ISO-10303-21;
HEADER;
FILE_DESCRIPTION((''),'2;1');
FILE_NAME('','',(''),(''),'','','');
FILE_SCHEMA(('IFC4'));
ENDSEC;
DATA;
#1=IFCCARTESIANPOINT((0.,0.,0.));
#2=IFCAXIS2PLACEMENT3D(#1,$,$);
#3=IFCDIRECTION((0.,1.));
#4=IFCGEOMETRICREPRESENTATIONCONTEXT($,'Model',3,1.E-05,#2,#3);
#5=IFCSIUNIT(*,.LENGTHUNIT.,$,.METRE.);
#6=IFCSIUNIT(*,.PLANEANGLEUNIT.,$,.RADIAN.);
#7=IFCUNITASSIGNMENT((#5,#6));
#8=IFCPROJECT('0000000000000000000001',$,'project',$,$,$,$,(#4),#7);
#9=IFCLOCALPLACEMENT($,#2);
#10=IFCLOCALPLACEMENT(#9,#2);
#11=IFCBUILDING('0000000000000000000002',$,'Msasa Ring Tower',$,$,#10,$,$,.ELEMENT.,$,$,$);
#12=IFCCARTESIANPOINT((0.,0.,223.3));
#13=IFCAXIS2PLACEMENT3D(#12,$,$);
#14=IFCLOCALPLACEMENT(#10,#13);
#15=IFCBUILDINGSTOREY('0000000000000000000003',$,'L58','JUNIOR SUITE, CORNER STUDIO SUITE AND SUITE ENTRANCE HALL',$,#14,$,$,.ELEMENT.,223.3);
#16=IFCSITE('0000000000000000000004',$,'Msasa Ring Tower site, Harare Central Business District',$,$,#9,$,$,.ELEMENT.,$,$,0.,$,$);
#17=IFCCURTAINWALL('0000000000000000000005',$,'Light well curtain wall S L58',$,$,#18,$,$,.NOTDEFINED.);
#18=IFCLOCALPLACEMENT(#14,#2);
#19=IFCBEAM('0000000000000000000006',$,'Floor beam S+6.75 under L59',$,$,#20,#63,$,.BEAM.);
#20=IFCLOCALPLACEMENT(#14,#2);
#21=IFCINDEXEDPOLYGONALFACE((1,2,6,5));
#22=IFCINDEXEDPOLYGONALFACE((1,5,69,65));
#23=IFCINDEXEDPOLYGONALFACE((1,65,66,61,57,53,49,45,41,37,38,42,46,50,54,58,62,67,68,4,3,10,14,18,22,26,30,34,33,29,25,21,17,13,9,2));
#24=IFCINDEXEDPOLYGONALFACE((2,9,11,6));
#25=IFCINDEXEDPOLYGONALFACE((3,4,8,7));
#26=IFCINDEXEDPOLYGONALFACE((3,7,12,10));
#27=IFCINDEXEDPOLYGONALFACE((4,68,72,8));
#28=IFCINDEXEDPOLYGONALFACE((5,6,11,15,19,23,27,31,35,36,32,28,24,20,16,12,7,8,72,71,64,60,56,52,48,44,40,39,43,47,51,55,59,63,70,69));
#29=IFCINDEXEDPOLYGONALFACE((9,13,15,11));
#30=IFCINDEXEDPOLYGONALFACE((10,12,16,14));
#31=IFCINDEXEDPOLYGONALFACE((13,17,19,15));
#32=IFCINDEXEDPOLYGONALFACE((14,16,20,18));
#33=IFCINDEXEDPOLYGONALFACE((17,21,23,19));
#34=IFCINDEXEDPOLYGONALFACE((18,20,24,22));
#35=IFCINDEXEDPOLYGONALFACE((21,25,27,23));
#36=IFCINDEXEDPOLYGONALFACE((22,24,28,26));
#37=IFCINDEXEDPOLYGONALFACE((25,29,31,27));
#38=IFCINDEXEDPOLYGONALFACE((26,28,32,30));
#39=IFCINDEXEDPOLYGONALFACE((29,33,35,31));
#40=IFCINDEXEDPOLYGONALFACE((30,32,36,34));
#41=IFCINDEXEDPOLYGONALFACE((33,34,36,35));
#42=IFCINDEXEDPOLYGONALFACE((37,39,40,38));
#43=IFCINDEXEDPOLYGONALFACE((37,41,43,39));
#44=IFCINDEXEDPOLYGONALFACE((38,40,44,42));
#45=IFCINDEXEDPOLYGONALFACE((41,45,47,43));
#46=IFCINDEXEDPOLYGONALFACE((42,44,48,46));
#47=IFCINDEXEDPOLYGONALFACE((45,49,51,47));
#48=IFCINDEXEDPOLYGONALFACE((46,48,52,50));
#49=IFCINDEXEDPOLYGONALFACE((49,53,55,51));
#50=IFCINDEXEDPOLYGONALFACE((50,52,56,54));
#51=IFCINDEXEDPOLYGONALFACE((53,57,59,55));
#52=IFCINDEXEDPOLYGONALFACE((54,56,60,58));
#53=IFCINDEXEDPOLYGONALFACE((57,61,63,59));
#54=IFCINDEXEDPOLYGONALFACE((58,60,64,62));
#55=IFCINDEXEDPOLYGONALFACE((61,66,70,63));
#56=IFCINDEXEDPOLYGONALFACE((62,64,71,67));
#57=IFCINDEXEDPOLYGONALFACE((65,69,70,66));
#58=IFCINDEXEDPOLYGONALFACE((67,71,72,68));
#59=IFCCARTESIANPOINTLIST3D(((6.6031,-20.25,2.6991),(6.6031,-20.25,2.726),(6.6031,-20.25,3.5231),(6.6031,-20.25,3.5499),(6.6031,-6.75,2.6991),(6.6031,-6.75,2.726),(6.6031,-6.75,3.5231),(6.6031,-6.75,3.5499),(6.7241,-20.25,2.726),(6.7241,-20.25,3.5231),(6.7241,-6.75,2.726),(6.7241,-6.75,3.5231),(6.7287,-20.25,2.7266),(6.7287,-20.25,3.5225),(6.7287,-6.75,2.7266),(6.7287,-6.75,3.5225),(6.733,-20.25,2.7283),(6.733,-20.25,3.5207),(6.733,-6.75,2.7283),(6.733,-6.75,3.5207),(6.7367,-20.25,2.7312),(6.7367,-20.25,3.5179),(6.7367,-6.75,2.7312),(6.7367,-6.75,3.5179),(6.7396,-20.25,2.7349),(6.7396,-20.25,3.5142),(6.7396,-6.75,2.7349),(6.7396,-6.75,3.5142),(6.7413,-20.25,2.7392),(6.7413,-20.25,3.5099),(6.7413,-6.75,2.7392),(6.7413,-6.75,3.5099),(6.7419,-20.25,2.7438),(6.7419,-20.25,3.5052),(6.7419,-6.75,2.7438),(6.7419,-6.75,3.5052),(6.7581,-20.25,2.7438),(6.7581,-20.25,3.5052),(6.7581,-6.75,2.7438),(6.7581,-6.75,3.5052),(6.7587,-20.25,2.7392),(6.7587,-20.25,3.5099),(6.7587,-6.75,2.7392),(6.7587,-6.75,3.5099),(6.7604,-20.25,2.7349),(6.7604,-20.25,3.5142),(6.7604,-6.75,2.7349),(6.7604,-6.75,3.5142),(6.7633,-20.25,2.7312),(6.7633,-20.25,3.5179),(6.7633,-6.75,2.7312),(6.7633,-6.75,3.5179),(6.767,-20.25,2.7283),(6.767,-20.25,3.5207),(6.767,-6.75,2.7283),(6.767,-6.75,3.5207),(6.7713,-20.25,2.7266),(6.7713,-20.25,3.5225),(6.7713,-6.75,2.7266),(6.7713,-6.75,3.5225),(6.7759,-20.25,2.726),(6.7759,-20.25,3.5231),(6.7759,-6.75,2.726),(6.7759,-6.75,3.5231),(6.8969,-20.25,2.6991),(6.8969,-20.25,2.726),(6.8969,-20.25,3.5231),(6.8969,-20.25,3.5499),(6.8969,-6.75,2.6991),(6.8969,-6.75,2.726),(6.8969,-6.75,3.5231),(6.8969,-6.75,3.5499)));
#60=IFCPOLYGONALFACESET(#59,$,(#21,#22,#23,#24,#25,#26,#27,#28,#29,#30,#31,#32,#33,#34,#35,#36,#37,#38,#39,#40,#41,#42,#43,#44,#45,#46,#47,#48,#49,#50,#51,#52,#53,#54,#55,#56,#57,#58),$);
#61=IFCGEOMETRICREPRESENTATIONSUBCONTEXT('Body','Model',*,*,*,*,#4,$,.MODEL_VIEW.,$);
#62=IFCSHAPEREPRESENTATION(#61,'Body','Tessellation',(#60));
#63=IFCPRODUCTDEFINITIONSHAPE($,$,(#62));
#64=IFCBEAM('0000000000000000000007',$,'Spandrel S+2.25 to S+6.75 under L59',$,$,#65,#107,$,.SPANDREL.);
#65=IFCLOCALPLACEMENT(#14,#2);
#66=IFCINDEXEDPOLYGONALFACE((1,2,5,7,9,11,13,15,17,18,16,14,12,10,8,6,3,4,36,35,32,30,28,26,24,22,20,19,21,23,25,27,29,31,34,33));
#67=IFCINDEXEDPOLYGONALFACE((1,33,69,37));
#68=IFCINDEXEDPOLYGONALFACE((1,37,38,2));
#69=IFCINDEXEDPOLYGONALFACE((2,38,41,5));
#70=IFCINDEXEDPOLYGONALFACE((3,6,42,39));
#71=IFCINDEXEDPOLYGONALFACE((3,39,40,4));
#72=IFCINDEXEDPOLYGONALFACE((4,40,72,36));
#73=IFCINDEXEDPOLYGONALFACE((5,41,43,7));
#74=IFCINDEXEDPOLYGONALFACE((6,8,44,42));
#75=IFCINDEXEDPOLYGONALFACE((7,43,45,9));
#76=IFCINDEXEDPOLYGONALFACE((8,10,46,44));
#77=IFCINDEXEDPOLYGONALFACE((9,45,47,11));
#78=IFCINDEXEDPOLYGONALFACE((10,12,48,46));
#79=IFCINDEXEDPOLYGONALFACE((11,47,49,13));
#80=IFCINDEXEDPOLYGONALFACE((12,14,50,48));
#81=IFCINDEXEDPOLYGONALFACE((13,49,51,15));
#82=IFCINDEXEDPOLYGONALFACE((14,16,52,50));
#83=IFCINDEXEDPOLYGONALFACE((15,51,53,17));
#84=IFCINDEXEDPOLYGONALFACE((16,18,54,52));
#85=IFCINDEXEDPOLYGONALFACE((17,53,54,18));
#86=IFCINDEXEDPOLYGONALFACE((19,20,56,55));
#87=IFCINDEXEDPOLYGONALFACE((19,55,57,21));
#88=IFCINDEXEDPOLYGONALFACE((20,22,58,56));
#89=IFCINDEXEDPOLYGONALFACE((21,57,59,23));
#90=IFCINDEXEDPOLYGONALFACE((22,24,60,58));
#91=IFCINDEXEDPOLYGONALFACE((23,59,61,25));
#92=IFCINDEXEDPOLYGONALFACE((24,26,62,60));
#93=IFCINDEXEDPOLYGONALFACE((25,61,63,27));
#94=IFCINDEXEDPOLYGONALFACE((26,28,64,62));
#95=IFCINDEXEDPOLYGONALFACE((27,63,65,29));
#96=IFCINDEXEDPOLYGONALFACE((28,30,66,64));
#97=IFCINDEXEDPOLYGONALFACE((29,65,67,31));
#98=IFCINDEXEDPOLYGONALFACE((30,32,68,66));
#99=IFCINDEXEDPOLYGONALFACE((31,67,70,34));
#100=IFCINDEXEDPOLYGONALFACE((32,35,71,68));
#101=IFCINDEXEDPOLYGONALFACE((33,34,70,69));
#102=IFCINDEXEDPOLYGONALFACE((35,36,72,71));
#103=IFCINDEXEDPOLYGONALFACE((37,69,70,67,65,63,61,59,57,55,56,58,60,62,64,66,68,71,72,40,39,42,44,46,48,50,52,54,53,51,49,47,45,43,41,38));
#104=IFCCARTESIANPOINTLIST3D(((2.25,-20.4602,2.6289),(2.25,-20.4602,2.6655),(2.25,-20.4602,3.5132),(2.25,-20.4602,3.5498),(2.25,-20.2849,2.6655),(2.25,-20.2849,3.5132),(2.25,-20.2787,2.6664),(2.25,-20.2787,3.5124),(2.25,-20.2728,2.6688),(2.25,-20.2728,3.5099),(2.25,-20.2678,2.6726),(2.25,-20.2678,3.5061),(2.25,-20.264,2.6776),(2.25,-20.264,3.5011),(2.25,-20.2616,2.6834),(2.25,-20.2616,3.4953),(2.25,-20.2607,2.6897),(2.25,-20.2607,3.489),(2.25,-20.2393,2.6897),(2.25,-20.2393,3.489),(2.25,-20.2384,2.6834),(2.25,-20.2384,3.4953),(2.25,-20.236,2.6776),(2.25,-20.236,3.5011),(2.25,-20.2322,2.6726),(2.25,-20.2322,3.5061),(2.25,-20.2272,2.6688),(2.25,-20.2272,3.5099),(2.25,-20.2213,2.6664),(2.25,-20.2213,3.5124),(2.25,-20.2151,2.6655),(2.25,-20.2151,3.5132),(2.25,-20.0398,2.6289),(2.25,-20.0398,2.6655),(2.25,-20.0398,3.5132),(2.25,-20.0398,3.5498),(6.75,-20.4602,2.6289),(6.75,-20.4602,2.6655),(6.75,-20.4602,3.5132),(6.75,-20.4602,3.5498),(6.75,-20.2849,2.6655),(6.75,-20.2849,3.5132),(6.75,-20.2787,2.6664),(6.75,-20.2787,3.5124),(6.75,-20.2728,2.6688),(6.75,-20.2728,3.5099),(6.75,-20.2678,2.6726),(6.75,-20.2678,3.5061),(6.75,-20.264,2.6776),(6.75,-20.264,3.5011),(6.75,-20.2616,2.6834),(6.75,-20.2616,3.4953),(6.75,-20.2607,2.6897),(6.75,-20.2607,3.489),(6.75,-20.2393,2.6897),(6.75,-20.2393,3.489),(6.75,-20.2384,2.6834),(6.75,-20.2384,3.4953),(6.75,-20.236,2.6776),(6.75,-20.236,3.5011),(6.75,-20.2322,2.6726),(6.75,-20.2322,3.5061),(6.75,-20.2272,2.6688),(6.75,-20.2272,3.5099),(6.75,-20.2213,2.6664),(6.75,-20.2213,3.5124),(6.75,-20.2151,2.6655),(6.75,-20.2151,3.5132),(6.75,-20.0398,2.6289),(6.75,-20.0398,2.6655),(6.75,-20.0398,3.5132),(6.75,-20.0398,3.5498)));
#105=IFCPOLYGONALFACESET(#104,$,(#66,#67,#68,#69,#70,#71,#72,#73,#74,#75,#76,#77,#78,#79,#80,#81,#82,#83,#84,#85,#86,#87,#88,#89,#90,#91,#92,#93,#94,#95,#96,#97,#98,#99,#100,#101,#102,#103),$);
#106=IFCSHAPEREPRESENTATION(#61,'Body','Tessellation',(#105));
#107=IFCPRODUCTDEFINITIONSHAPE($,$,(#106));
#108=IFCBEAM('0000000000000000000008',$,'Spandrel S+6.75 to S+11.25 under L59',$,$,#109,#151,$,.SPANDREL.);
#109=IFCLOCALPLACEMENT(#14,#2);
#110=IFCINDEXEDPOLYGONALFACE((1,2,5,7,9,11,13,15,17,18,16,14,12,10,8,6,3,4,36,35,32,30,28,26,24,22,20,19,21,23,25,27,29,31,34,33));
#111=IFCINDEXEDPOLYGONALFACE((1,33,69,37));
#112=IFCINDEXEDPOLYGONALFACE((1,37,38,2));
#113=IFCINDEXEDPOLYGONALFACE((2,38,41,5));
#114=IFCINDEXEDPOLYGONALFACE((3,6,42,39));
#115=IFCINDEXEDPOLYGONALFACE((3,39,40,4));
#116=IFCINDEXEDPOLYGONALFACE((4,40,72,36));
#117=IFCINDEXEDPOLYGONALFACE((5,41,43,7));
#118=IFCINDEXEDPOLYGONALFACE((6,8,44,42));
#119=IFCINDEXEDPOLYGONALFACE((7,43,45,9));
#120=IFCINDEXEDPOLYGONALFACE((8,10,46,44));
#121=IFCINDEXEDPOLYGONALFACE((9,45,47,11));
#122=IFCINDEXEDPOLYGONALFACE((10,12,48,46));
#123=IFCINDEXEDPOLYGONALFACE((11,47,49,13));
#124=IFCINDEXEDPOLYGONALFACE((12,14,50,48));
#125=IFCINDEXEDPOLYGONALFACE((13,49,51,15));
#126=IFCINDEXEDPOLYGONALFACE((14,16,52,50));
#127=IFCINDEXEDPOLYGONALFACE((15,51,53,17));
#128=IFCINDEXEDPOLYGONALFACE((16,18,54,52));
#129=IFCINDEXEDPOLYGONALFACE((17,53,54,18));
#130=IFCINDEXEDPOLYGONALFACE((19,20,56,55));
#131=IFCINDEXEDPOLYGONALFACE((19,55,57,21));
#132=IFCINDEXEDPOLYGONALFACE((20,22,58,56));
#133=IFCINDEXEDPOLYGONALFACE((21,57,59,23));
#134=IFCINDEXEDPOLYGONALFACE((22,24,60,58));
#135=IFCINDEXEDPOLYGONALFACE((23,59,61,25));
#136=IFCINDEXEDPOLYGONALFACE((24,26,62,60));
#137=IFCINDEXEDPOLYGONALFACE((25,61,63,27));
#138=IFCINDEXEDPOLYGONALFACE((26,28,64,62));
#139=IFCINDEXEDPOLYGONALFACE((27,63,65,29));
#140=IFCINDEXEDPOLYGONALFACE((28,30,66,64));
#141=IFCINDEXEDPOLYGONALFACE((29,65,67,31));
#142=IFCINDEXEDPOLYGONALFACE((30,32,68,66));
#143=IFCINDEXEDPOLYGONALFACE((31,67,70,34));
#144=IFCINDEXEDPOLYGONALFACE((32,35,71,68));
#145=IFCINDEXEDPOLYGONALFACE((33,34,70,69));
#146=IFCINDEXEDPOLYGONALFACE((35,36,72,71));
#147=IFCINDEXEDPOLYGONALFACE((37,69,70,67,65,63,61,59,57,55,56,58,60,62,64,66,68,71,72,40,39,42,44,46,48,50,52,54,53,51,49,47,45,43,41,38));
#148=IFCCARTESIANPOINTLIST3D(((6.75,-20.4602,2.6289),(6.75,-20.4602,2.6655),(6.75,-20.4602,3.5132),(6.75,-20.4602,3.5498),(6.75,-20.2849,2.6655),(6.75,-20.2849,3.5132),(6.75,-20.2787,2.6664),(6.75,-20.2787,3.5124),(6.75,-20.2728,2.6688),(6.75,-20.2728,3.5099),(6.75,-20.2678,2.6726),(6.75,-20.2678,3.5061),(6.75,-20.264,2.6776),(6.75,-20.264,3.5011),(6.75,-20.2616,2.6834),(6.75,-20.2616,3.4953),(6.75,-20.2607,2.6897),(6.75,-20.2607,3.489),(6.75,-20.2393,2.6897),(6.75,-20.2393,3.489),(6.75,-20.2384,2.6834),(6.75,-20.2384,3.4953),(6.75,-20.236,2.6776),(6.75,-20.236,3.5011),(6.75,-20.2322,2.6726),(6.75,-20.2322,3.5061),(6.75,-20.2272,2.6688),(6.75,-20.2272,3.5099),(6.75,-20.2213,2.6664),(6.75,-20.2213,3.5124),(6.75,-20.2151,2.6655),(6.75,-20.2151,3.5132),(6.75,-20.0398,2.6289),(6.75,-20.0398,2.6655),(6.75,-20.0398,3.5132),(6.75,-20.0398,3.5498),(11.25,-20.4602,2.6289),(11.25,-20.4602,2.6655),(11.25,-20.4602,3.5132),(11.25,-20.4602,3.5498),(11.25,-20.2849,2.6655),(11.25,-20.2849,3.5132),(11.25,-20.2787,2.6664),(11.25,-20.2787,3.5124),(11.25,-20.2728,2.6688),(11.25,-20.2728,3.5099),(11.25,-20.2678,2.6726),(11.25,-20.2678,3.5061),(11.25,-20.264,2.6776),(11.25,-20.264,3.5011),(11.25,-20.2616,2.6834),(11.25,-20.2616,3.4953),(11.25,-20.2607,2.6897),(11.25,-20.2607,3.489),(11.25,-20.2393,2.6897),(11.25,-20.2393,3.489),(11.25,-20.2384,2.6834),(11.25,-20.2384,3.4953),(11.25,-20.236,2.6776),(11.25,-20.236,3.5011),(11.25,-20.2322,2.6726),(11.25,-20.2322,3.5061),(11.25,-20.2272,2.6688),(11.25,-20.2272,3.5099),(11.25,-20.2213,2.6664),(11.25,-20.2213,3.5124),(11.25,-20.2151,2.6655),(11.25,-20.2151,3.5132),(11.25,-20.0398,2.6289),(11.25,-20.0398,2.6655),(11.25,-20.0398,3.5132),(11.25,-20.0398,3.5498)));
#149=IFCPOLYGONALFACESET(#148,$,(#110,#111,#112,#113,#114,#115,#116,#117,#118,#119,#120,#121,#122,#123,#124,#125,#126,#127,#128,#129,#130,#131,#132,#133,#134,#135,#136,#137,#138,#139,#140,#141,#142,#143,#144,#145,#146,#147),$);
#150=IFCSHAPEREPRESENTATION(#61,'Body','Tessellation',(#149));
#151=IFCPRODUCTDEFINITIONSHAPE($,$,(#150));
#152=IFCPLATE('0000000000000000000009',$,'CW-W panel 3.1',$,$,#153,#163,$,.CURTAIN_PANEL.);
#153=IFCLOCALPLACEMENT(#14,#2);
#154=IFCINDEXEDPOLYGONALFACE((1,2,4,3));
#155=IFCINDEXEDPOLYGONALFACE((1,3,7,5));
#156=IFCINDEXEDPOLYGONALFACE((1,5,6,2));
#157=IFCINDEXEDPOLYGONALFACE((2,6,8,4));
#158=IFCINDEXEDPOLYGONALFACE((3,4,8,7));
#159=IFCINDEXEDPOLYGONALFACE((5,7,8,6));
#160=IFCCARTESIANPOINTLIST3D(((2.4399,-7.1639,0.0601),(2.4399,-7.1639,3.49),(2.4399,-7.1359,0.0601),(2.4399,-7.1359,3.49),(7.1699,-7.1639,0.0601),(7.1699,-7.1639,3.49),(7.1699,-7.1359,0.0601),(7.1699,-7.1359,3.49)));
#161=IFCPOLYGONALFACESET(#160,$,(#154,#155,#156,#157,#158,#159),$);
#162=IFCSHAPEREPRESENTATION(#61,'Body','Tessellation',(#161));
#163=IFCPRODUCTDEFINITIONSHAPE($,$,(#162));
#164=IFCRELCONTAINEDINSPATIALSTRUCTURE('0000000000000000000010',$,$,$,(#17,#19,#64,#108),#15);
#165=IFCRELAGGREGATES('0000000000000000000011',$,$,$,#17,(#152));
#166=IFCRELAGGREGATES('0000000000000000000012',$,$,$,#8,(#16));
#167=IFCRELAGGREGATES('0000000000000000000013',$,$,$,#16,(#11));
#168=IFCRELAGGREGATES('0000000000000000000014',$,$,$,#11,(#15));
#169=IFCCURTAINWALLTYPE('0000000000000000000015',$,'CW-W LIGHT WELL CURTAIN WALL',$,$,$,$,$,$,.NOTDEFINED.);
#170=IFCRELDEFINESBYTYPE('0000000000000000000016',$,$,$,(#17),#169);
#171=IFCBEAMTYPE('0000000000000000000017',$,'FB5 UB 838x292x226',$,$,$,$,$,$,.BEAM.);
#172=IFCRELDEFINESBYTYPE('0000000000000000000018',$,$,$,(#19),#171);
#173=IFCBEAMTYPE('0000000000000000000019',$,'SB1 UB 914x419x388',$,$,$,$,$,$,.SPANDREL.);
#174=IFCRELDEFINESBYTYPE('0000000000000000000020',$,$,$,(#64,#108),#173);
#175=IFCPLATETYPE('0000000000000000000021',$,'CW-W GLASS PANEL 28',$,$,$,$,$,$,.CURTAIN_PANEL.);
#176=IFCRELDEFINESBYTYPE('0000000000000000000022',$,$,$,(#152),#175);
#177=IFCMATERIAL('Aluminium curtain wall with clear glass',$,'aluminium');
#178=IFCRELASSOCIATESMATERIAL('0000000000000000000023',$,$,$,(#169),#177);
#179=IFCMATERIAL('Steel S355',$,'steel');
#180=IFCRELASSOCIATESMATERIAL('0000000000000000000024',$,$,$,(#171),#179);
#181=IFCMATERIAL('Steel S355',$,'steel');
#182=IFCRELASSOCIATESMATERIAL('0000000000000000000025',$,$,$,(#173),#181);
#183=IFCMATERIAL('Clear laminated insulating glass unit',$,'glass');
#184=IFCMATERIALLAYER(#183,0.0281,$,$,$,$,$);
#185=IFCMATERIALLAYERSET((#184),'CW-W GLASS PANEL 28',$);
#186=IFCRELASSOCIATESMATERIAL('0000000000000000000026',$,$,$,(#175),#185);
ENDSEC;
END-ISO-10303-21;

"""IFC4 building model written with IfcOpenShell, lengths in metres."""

from ifc_helpers import new_model, si_unit, direction, frame, origin, origin_2d, place, context, subcontext, project, spatial, rectangle, i_section, extrude, material, layer, layer_set, material_profile, profile_set, type_object, element, aggregate, save


model = new_model("IFC4")

# Units and contexts
model_context = context("Model", 3, precision=1e-05, world=origin(), true_north=direction((0.0, 1.0)))
body_context = subcontext(model_context, "Body", "Model", "MODEL_VIEW")
ifc_project = project(units=[si_unit("LENGTHUNIT", "METRE"), si_unit("PLANEANGLEUNIT", "RADIAN")], contexts=[model_context])

# Site, building, storey
site_placement = place(None, origin())
site = spatial("IfcSite", under=ifc_project, at=site_placement, Name="Msasa Ring Tower site, Harare Central Business District", CompositionType="ELEMENT", RefElevation=0.0)
building_placement = place(site_placement, origin())
building = spatial("IfcBuilding", under=site, at=building_placement, Name="Msasa Ring Tower", CompositionType="ELEMENT")
storey_placement = place(building_placement, frame((0.0, 0.0, 223.3)))
storey = spatial("IfcBuildingStorey", under=building, at=storey_placement, Name="L58", Description="JUNIOR SUITE, CORNER STUDIO SUITE AND SUITE ENTRANCE HALL", CompositionType="ELEMENT", Elevation=223.3)

# Curtain wall
ifc_material_1 = material(Name="Aluminium curtain wall with clear glass", Category="aluminium")
curtain_wall_type = type_object("IfcCurtainWallType", Name="CW-W LIGHT WELL CURTAIN WALL", PredefinedType="NOTDEFINED", material=ifc_material_1)
curtain_wall_1_placement = place(storey_placement, origin())
curtain_wall_1 = element("IfcCurtainWall", 1, at=curtain_wall_1_placement, inside=storey, type_object=curtain_wall_type, Name="Light well curtain wall S L58", PredefinedType="NOTDEFINED")

# Beams
ifc_material_2 = material(Name="Steel S355", Category="steel")
ifc_material_profile_1 = material_profile(ifc_material_2, i_section(OverallWidth=0.2937, OverallDepth=0.8508, WebThickness=0.0161, FlangeThickness=0.0269, FilletRadius=0.0178, at=origin_2d()), Name="UB 838x292x226")
ifc_profile_set_1 = profile_set([ifc_material_profile_1], Name="Steel S355")
beam_type_1 = type_object("IfcBeamType", Name="FB5 UB 838x292x226", PredefinedType="BEAM", material=ifc_profile_set_1)
for number, where, z_axis, x_axis, name in (
    (2, (6.75, -20.25, 3.1245), (0.0, 1.0, 0.0), (-1.0, 0.0, 0.0), "Floor beam S+6.75 under L59"),
):
    element("IfcBeam", number, at=place(storey_placement, frame(where, z_axis=z_axis, x_axis=x_axis)), inside=storey, type_object=beam_type_1, Name=name, PredefinedType="BEAM", context=body_context, shape_type="SweptSolid", body=[
        extrude(i_section(OverallWidth=0.2937, OverallDepth=0.8508, WebThickness=0.0161, FlangeThickness=0.0269, FilletRadius=0.0178, at=origin_2d()), origin(), (0.0, 0.0, 1.0), 13.5),
    ])
ifc_material_3 = material(Name="Steel S355", Category="steel")
ifc_material_profile_2 = material_profile(ifc_material_3, i_section(OverallWidth=0.4204, OverallDepth=0.9209, WebThickness=0.0215, FlangeThickness=0.0366, FilletRadius=0.0242, at=origin_2d()), Name="UB 914x419x388")
ifc_profile_set_2 = profile_set([ifc_material_profile_2], Name="Steel S355")
beam_type_2 = type_object("IfcBeamType", Name="SB1 UB 914x419x388", PredefinedType="SPANDREL", material=ifc_profile_set_2)
for number, where, z_axis, x_axis, name in (
    (3, (2.25, -20.25, 3.0894), (1.0, 0.0, 0.0), (0.0, 1.0, 0.0), "Spandrel S+2.25 to S+6.75 under L59"),
    (4, (6.75, -20.25, 3.0894), (1.0, 0.0, 0.0), (0.0, 1.0, 0.0), "Spandrel S+6.75 to S+11.25 under L59"),
):
    element("IfcBeam", number, at=place(storey_placement, frame(where, z_axis=z_axis, x_axis=x_axis)), inside=storey, type_object=beam_type_2, Name=name, PredefinedType="SPANDREL", context=body_context, shape_type="SweptSolid", body=[
        extrude(i_section(OverallWidth=0.4204, OverallDepth=0.9209, WebThickness=0.0215, FlangeThickness=0.0366, FilletRadius=0.0242, at=origin_2d()), origin(), (0.0, 0.0, 1.0), 4.5),
    ])

# Plate
ifc_material_4 = material(Name="Clear laminated insulating glass unit", Category="glass")
ifc_layer_1 = layer(ifc_material_4, 0.0281)
ifc_layer_set_1 = layer_set([ifc_layer_1], Name="CW-W GLASS PANEL 28")
plate_type = type_object("IfcPlateType", Name="CW-W GLASS PANEL 28", PredefinedType="CURTAIN_PANEL", material=ifc_layer_set_1)
plate_placement = place(storey_placement, frame((4.8049, -7.1499, 0.0601), z_axis=(0.0, 0.0, 1.0), x_axis=(1.0, 0.0, 0.0)))
plate = element("IfcPlate", 5, at=plate_placement, type_object=plate_type, Name="CW-W panel 3.1", PredefinedType="CURTAIN_PANEL", context=body_context, shape_type="SweptSolid", body=[
    extrude(rectangle(XDim=4.73, YDim=0.0281, at=origin_2d()), origin(), (0.0, 0.0, 1.0), 3.4299),
])
aggregate(curtain_wall_1, [plate])

save(model, "model.ifc")
